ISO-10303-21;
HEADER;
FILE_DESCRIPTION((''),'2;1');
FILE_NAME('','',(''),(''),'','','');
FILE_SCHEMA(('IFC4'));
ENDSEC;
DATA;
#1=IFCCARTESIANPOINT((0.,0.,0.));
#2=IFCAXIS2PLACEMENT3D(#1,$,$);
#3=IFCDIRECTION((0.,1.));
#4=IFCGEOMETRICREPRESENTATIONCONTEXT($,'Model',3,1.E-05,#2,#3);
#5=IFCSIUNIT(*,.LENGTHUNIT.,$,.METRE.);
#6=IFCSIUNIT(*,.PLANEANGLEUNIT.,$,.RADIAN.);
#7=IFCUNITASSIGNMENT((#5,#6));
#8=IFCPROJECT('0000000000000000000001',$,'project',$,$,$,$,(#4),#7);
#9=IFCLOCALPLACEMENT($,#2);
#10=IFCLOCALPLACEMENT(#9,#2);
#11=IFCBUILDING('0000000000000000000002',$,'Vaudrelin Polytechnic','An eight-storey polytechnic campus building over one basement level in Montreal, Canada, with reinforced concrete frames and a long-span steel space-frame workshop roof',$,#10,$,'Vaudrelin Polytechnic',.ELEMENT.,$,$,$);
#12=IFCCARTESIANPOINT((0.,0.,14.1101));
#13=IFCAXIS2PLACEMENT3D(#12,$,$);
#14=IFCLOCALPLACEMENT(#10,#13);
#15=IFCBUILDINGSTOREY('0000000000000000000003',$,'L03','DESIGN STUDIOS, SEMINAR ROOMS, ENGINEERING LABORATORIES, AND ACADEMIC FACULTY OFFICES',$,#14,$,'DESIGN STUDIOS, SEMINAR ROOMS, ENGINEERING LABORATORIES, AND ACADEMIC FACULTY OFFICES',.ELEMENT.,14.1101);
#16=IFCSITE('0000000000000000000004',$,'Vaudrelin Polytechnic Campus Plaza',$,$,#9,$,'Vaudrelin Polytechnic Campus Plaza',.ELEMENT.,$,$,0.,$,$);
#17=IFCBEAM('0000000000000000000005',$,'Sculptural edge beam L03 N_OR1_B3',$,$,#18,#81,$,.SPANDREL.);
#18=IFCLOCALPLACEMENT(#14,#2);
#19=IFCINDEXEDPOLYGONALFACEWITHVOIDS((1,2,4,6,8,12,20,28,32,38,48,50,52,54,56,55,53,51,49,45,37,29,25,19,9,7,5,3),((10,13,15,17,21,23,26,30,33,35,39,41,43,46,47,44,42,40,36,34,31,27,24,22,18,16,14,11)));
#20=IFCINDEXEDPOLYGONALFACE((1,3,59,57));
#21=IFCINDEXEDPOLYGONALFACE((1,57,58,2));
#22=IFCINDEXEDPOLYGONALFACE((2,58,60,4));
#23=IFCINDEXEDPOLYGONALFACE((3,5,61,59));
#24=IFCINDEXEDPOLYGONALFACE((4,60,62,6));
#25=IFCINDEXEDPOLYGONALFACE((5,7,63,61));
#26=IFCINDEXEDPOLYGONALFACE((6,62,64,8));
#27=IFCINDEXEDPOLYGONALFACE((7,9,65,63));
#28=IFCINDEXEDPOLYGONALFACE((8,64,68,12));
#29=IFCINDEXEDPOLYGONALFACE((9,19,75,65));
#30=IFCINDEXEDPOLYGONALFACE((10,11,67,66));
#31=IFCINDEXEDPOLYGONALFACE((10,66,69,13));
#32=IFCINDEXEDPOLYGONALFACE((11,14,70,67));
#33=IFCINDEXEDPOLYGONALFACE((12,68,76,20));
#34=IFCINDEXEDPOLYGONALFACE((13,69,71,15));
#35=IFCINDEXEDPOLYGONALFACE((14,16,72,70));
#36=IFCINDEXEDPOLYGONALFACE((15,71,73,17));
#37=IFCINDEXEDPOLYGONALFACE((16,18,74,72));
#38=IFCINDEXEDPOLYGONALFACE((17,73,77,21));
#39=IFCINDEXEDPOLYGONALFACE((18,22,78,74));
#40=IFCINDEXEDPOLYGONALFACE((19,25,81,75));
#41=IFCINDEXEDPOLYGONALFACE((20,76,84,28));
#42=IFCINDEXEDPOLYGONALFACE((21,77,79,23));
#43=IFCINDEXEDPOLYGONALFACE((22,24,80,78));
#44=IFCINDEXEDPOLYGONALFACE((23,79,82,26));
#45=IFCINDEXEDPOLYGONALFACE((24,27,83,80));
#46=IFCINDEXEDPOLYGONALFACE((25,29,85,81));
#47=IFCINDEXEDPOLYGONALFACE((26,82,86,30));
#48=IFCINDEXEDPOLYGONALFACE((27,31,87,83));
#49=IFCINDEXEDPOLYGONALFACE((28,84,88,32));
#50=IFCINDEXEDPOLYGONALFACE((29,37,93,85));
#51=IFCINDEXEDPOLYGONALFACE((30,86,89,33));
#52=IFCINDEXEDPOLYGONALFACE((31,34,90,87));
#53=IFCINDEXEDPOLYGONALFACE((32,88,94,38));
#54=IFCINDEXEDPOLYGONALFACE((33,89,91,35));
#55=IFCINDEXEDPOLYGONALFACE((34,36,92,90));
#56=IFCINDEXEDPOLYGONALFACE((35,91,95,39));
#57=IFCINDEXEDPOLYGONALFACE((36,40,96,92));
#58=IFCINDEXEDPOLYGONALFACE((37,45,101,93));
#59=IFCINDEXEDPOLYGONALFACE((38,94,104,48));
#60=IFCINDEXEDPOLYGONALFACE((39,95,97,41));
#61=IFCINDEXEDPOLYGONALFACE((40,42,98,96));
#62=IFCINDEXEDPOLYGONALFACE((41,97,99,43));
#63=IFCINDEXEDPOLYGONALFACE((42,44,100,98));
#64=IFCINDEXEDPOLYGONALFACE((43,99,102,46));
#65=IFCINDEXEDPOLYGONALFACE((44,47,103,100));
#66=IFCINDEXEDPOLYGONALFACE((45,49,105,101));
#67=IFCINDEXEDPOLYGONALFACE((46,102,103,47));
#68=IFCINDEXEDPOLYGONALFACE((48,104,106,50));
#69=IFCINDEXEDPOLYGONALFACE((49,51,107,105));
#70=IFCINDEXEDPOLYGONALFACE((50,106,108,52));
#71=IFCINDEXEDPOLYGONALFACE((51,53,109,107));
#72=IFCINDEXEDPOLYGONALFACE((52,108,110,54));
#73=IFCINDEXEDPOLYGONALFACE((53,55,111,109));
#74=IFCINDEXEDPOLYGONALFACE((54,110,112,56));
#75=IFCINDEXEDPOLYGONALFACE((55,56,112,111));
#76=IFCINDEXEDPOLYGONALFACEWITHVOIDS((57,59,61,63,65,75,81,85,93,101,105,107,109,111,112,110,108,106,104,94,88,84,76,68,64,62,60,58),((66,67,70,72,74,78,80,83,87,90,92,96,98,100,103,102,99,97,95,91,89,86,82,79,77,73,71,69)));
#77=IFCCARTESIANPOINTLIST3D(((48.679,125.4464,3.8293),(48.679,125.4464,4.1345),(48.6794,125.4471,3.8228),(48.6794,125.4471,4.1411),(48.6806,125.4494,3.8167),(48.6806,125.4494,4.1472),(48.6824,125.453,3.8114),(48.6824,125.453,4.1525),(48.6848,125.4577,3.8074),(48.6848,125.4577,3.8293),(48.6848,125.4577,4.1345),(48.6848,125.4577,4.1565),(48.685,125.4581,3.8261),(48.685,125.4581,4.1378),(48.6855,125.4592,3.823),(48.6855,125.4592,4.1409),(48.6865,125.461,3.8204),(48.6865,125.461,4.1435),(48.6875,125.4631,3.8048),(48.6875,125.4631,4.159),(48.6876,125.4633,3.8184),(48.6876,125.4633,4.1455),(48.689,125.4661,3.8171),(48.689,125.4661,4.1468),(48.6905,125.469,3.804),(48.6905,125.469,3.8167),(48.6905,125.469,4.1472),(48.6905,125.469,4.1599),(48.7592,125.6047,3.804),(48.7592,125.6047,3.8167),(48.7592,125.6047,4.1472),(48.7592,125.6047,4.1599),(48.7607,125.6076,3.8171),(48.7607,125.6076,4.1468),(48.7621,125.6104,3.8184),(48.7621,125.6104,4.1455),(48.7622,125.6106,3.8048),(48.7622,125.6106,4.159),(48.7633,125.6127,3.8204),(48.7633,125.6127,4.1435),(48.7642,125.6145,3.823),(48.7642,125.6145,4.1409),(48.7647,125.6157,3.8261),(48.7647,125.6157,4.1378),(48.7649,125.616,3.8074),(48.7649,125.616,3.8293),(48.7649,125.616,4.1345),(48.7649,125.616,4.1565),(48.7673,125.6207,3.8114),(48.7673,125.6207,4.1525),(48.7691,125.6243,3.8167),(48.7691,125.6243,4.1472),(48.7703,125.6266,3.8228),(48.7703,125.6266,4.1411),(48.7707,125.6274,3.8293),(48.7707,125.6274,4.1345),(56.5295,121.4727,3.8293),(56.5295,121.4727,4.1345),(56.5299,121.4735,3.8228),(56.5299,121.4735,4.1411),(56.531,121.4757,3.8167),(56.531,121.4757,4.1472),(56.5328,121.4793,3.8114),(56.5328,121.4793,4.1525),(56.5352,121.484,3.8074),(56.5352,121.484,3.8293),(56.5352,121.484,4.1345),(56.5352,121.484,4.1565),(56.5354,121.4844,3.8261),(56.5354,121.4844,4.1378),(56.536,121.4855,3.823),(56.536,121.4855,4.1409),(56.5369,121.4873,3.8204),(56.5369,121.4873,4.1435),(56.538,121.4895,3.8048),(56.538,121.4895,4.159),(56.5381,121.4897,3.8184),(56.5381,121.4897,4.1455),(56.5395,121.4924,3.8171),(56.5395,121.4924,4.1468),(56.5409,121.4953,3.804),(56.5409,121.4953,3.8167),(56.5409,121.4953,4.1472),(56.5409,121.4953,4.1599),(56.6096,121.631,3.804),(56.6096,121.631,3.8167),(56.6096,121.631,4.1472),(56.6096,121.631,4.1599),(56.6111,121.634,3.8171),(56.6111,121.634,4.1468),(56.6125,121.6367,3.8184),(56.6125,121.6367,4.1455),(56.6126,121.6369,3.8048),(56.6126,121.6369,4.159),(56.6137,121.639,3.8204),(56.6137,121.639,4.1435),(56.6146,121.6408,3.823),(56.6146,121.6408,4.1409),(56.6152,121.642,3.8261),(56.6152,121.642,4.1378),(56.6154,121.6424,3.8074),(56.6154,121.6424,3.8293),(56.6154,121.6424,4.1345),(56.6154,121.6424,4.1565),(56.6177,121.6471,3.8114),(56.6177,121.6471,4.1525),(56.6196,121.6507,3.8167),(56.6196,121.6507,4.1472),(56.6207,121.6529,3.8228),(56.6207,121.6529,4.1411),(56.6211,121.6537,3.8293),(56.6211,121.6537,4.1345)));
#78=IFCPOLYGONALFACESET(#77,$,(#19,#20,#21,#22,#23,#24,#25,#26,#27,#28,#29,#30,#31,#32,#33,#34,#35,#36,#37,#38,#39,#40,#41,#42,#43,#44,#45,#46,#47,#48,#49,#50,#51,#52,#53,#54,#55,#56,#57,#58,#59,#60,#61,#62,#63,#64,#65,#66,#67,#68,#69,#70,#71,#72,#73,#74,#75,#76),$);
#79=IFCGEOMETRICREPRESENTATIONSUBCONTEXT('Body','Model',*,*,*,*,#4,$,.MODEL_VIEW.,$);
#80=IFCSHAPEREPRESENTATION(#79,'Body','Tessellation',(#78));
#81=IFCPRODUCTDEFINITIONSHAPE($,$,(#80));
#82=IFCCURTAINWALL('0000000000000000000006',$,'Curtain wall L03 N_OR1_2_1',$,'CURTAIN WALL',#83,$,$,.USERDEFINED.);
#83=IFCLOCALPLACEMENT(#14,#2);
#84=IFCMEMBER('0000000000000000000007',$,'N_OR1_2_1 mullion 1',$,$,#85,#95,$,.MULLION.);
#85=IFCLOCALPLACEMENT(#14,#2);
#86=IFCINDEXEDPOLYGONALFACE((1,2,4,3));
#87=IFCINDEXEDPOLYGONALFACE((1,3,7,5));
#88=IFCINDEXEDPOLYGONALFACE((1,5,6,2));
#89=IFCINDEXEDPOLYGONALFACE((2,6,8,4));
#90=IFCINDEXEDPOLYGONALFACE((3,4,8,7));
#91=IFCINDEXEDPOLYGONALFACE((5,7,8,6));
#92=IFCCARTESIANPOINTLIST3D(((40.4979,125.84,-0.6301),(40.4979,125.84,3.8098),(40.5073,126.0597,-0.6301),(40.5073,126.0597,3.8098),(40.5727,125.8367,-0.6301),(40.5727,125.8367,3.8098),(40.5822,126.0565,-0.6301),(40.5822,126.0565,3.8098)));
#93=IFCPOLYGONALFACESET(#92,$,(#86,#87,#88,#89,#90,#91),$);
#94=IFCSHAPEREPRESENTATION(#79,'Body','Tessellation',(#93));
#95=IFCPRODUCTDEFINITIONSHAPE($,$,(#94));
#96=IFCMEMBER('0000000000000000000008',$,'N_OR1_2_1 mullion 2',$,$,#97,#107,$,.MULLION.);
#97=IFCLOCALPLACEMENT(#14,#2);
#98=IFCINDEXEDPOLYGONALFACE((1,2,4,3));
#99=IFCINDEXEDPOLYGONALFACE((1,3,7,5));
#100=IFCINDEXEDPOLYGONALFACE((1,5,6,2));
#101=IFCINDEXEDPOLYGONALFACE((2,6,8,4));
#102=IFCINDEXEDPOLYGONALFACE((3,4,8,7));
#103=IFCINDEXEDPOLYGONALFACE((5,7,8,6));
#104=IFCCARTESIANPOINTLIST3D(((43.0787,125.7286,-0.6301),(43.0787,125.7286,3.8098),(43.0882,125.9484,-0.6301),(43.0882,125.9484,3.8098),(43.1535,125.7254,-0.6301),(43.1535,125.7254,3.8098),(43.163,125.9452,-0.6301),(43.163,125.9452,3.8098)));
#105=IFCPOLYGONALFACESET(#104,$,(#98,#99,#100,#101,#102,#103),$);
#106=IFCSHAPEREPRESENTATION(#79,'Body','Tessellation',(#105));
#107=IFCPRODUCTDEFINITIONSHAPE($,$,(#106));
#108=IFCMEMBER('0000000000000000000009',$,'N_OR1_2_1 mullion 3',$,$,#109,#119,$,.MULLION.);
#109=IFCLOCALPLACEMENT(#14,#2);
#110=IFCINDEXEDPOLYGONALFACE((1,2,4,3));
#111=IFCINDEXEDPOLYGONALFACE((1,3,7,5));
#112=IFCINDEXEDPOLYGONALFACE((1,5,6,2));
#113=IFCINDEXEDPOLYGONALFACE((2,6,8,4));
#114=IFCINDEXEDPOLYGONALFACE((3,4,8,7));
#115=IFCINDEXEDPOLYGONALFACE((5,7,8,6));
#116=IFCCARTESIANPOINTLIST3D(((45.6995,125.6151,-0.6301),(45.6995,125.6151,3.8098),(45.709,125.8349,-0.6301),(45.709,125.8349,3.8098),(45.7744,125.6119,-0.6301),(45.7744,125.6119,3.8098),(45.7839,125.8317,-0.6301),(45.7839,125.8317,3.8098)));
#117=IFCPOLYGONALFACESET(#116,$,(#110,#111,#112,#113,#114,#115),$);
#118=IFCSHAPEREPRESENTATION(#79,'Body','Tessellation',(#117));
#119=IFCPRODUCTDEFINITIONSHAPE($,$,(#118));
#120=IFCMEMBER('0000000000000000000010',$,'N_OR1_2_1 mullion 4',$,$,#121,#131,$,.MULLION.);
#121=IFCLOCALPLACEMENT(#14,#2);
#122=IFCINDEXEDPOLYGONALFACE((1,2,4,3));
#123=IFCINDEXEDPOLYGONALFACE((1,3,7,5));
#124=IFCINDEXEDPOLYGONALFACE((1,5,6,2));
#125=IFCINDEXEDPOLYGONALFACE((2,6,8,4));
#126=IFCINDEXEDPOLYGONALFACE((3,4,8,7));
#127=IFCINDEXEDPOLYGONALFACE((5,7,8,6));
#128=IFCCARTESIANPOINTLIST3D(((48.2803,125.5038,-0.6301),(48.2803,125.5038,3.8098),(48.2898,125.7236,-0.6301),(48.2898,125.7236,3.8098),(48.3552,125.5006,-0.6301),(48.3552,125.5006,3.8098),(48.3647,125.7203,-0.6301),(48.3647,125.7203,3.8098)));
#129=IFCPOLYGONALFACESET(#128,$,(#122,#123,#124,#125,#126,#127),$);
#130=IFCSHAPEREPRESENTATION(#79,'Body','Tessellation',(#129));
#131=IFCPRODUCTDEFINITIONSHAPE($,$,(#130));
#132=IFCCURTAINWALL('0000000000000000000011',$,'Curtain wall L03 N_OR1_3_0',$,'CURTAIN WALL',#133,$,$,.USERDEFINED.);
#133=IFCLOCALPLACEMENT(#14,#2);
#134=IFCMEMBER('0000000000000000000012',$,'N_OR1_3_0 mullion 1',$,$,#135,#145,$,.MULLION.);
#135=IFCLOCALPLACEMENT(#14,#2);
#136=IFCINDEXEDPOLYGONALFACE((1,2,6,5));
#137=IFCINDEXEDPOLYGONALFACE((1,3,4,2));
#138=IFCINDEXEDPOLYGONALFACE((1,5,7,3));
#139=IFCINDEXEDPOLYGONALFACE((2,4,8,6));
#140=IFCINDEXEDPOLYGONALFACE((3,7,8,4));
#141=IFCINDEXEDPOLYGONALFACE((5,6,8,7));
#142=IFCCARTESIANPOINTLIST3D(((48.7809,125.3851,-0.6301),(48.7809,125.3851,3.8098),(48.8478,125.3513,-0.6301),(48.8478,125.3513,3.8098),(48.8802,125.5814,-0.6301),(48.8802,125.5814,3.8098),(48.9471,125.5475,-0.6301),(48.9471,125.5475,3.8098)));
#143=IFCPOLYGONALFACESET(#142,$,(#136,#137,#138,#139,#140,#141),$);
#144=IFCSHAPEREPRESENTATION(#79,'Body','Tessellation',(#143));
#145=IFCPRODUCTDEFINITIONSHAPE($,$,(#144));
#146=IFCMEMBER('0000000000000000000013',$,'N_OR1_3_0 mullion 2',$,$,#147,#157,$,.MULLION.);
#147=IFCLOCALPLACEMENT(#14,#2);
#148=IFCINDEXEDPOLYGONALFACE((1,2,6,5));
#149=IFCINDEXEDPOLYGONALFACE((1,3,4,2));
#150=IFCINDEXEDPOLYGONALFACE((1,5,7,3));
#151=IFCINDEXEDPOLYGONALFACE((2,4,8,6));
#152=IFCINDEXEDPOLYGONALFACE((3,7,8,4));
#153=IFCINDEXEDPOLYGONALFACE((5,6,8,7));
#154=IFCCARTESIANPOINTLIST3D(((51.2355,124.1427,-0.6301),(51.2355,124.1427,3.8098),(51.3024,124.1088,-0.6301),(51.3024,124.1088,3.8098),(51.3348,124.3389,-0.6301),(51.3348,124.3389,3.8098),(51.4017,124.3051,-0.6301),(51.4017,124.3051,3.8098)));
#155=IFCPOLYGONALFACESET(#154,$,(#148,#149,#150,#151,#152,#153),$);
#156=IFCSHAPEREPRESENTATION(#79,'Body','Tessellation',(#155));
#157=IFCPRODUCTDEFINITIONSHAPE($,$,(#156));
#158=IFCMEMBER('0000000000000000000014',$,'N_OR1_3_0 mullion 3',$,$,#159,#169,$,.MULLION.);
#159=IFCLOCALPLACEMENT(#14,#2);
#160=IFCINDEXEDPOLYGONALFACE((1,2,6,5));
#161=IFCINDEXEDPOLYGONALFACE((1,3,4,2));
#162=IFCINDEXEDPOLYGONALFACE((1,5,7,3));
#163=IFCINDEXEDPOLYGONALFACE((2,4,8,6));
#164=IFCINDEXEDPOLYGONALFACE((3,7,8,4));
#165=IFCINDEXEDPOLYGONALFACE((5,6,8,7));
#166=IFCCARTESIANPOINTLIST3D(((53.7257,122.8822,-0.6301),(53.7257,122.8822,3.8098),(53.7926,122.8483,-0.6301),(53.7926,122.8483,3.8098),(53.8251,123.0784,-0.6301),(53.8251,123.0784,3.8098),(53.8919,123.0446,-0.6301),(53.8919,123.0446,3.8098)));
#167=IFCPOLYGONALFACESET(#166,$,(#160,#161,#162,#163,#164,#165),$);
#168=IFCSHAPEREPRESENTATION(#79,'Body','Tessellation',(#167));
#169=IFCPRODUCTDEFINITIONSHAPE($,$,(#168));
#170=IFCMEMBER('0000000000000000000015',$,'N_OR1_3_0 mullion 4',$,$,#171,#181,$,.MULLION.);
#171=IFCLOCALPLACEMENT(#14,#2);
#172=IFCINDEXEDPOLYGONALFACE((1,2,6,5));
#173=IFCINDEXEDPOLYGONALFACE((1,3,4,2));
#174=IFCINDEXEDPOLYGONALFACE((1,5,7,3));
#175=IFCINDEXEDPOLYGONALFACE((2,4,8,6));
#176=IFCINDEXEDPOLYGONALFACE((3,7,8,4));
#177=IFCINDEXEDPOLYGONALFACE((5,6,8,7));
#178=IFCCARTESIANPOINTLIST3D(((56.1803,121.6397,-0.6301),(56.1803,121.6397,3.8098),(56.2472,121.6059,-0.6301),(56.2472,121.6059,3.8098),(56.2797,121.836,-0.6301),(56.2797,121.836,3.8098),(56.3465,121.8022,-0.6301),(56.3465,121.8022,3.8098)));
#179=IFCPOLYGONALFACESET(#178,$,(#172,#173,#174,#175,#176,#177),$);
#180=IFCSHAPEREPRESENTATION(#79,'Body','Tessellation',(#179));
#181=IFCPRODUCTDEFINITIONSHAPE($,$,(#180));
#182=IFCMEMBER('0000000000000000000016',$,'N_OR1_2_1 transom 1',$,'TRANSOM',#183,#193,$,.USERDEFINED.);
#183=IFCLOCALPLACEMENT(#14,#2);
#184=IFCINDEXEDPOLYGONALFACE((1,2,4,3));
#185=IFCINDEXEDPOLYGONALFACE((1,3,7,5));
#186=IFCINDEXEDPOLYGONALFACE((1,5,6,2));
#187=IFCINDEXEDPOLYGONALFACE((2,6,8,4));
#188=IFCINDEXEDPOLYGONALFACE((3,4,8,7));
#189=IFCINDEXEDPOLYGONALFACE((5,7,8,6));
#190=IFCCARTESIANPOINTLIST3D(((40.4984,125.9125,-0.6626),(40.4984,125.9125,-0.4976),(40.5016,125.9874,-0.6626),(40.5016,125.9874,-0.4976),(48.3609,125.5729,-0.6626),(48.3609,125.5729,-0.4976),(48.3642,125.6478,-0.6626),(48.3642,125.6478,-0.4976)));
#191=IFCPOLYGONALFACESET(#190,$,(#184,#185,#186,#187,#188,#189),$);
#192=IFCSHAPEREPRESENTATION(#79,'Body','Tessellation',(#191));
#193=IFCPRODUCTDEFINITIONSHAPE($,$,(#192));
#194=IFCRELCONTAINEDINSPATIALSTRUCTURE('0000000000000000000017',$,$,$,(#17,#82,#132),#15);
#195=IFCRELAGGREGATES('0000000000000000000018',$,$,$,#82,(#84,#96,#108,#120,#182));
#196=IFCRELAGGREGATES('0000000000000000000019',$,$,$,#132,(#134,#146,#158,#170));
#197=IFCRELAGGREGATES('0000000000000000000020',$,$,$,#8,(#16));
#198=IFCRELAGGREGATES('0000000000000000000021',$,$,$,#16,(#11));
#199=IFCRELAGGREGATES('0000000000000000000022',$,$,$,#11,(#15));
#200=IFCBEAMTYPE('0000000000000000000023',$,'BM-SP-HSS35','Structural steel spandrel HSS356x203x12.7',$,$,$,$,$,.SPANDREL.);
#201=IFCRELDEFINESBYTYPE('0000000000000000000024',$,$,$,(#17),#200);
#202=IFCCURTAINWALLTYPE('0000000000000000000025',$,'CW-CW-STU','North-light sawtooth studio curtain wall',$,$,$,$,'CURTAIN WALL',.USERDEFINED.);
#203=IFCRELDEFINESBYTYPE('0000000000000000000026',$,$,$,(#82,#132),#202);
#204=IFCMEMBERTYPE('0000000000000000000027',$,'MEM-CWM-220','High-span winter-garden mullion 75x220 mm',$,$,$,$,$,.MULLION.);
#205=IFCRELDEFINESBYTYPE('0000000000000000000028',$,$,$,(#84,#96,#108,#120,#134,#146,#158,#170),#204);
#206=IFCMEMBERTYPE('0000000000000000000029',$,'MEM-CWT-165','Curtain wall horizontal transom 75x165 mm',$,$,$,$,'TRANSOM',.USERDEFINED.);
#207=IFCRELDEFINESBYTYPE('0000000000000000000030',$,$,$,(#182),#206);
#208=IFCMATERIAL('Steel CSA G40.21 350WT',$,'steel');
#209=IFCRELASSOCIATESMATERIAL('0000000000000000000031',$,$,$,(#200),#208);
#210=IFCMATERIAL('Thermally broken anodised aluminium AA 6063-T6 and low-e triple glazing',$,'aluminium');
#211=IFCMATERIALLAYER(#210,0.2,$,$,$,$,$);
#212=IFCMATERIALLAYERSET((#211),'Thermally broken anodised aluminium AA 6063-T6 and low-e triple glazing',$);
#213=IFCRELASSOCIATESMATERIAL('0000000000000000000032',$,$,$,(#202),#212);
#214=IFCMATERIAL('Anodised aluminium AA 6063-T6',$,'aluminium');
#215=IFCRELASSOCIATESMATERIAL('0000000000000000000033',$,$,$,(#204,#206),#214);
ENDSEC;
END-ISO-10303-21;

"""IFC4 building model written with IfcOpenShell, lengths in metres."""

from ifc_helpers import new_model, si_unit, direction, frame, origin, origin_2d, place, context, subcontext, project, spatial, rectangle, hollow_rectangle, extrude, material, layer, layer_set, material_profile, profile_set, type_object, element, aggregate, save


model = new_model("IFC4")

# Units and contexts
model_context = context("Model", 3, precision=1e-05, world=origin(), true_north=direction((0.0, 1.0)))
body_context = subcontext(model_context, "Body", "Model", "MODEL_VIEW")
ifc_project = project(units=[si_unit("LENGTHUNIT", "METRE"), si_unit("PLANEANGLEUNIT", "RADIAN")], contexts=[model_context])

# Site, building, storey
site_placement = place(None, origin())
site = spatial("IfcSite", under=ifc_project, at=site_placement, Name="Vaudrelin Polytechnic Campus Plaza", LongName="Vaudrelin Polytechnic Campus Plaza", CompositionType="ELEMENT", RefElevation=0.0)
building_placement = place(site_placement, origin())
building = spatial("IfcBuilding", under=site, at=building_placement, Name="Vaudrelin Polytechnic", Description="An eight-storey polytechnic campus building over one basement level in Montreal, Canada, with reinforced concrete frames and a long-span steel space-frame workshop roof", LongName="Vaudrelin Polytechnic", CompositionType="ELEMENT")
storey_placement = place(building_placement, frame((0.0, 0.0, 14.1101)))
storey = spatial("IfcBuildingStorey", under=building, at=storey_placement, Name="L03", Description="DESIGN STUDIOS, SEMINAR ROOMS, ENGINEERING LABORATORIES, AND ACADEMIC FACULTY OFFICES", LongName="DESIGN STUDIOS, SEMINAR ROOMS, ENGINEERING LABORATORIES, AND ACADEMIC FACULTY OFFICES", CompositionType="ELEMENT", Elevation=14.1101)

# Shared definitions
ifc_material_1 = material(Name="Steel CSA G40.21 350WT", Category="steel")

# Beam
ifc_material_profile_1 = material_profile(ifc_material_1, hollow_rectangle(XDim=0.2029, YDim=0.356, WallThickness=0.0127, InnerFilletRadius=0.0127, OuterFilletRadius=0.0254, at=origin_2d()), Name="HSS356x203x12.7")
ifc_profile_set_1 = profile_set([ifc_material_profile_1], Name="Steel CSA G40.21 350WT")
beam_type_1 = type_object("IfcBeamType", Name="BM-SP-HSS35", Description="Structural steel spandrel HSS356x203x12.7", PredefinedType="SPANDREL", material=ifc_profile_set_1)
beam_1_placement = place(storey_placement, frame((48.7249, 125.5369, 3.9819), z_axis=(0.892213, -0.451614, 0.0), x_axis=(0.451614, 0.892213, 0.0)))
element("IfcBeam", 1, at=beam_1_placement, inside=storey, type_object=beam_type_1, Name="Sculptural edge beam L03 N_OR1_B3", PredefinedType="SPANDREL", context=body_context, shape_type="SweptSolid", body=[
    extrude(hollow_rectangle(XDim=0.2029, YDim=0.356, WallThickness=0.0127, InnerFilletRadius=0.0127, OuterFilletRadius=0.0254, at=origin_2d()), origin(), (0.0, 0.0, 1.0), 8.7988),
])

# Curtain walls, members
ifc_material_2 = material(Name="Thermally broken anodised aluminium AA 6063-T6 and low-e triple glazing", Category="aluminium")
ifc_layer_1 = layer(ifc_material_2, 0.2)
ifc_layer_set_1 = layer_set([ifc_layer_1], Name="Thermally broken anodised aluminium AA 6063-T6 and low-e triple glazing")
curtain_wall_type = type_object("IfcCurtainWallType", Name="CW-CW-STU", Description="North-light sawtooth studio curtain wall", ElementType="CURTAIN WALL", PredefinedType="USERDEFINED", material=ifc_layer_set_1)
curtain_wall_1_placement = place(storey_placement, origin())
curtain_wall_1 = element("IfcCurtainWall", 2, at=curtain_wall_1_placement, inside=storey, type_object=curtain_wall_type, Name="Curtain wall L03 N_OR1_2_1", ObjectType="CURTAIN WALL", PredefinedType="USERDEFINED")
ifc_material_3 = material(Name="Anodised aluminium AA 6063-T6", Category="aluminium")
ifc_material_profile_2 = material_profile(ifc_material_3, rectangle(XDim=0.075, YDim=0.22, at=origin_2d()), Name="CWM-75x220")
ifc_profile_set_2 = profile_set([ifc_material_profile_2], Name="Anodised aluminium AA 6063-T6")
member_type_1 = type_object("IfcMemberType", Name="MEM-CWM-220", Description="High-span winter-garden mullion 75x220 mm", PredefinedType="MULLION", material=ifc_profile_set_2)
member_1_placement = place(storey_placement, frame((40.54, 125.9482, -0.6301), z_axis=(0.0, 0.0, 1.0), x_axis=(0.999068, -0.043164, 0.0)))
member_1 = element("IfcMember", 3, at=member_1_placement, type_object=member_type_1, Name="N_OR1_2_1 mullion 1", PredefinedType="MULLION", context=body_context, shape_type="SweptSolid", body=[
    extrude(rectangle(XDim=0.075, YDim=0.22, at=origin_2d()), origin(), (0.0, 0.0, 1.0), 4.4399),
])
member_2_placement = place(storey_placement, frame((43.1208, 125.8369, -0.6301), z_axis=(0.0, 0.0, 1.0), x_axis=(0.999068, -0.043164, 0.0)))
member_2 = element("IfcMember", 4, at=member_2_placement, type_object=member_type_1, Name="N_OR1_2_1 mullion 2", PredefinedType="MULLION", context=body_context, shape_type="SweptSolid", body=[
    extrude(rectangle(XDim=0.075, YDim=0.22, at=origin_2d()), origin(), (0.0, 0.0, 1.0), 4.4399),
])
member_3_placement = place(storey_placement, frame((45.7417, 125.7234, -0.6301), z_axis=(0.0, 0.0, 1.0), x_axis=(0.999068, -0.043164, 0.0)))
member_3 = element("IfcMember", 5, at=member_3_placement, type_object=member_type_1, Name="N_OR1_2_1 mullion 3", PredefinedType="MULLION", context=body_context, shape_type="SweptSolid", body=[
    extrude(rectangle(XDim=0.075, YDim=0.22, at=origin_2d()), origin(), (0.0, 0.0, 1.0), 4.4399),
])
member_4_placement = place(storey_placement, frame((48.3225, 125.6121, -0.6301), z_axis=(0.0, 0.0, 1.0), x_axis=(0.999068, -0.043164, 0.0)))
member_4 = element("IfcMember", 6, at=member_4_placement, type_object=member_type_1, Name="N_OR1_2_1 mullion 4", PredefinedType="MULLION", context=body_context, shape_type="SweptSolid", body=[
    extrude(rectangle(XDim=0.075, YDim=0.22, at=origin_2d()), origin(), (0.0, 0.0, 1.0), 4.4399),
])
curtain_wall_2_placement = place(storey_placement, origin())
curtain_wall_2 = element("IfcCurtainWall", 7, at=curtain_wall_2_placement, inside=storey, type_object=curtain_wall_type, Name="Curtain wall L03 N_OR1_3_0", ObjectType="CURTAIN WALL", PredefinedType="USERDEFINED")
member_5_placement = place(storey_placement, frame((48.864, 125.4663, -0.6301), z_axis=(0.0, 0.0, 1.0), x_axis=(0.892217, -0.451608, 0.0)))
member_5 = element("IfcMember", 8, at=member_5_placement, type_object=member_type_1, Name="N_OR1_3_0 mullion 1", PredefinedType="MULLION", context=body_context, shape_type="SweptSolid", body=[
    extrude(rectangle(XDim=0.075, YDim=0.22, at=origin_2d()), origin(), (0.0, 0.0, 1.0), 4.4399),
])
member_6_placement = place(storey_placement, frame((51.3186, 124.2239, -0.6301), z_axis=(0.0, 0.0, 1.0), x_axis=(0.892217, -0.451608, 0.0)))
member_6 = element("IfcMember", 9, at=member_6_placement, type_object=member_type_1, Name="N_OR1_3_0 mullion 2", PredefinedType="MULLION", context=body_context, shape_type="SweptSolid", body=[
    extrude(rectangle(XDim=0.075, YDim=0.22, at=origin_2d()), origin(), (0.0, 0.0, 1.0), 4.4399),
])
member_7_placement = place(storey_placement, frame((53.8088, 122.9634, -0.6301), z_axis=(0.0, 0.0, 1.0), x_axis=(0.892217, -0.451608, 0.0)))
member_7 = element("IfcMember", 10, at=member_7_placement, type_object=member_type_1, Name="N_OR1_3_0 mullion 3", PredefinedType="MULLION", context=body_context, shape_type="SweptSolid", body=[
    extrude(rectangle(XDim=0.075, YDim=0.22, at=origin_2d()), origin(), (0.0, 0.0, 1.0), 4.4399),
])
member_8_placement = place(storey_placement, frame((56.2634, 121.7209, -0.6301), z_axis=(0.0, 0.0, 1.0), x_axis=(0.892217, -0.451608, 0.0)))
member_8 = element("IfcMember", 11, at=member_8_placement, type_object=member_type_1, Name="N_OR1_3_0 mullion 4", PredefinedType="MULLION", context=body_context, shape_type="SweptSolid", body=[
    extrude(rectangle(XDim=0.075, YDim=0.22, at=origin_2d()), origin(), (0.0, 0.0, 1.0), 4.4399),
])

# Member
ifc_material_profile_3 = material_profile(ifc_material_3, rectangle(XDim=0.075, YDim=0.165, at=origin_2d()), Name="CWT-75x165")
ifc_profile_set_3 = profile_set([ifc_material_profile_3], Name="Anodised aluminium AA 6063-T6")
member_type_2 = type_object("IfcMemberType", Name="MEM-CWT-165", Description="Curtain wall horizontal transom 75x165 mm", ElementType="TRANSOM", PredefinedType="USERDEFINED", material=ifc_profile_set_3)
member_9_placement = place(storey_placement, frame((40.5, 125.95, -0.5801), z_axis=(0.999069, -0.043152, 0.0), x_axis=(0.043152, 0.999069, 0.0)))
member_9 = element("IfcMember", 12, at=member_9_placement, type_object=member_type_2, Name="N_OR1_2_1 transom 1", ObjectType="TRANSOM", PredefinedType="USERDEFINED", context=body_context, shape_type="SweptSolid", body=[
    extrude(rectangle(XDim=0.075, YDim=0.165, at=origin_2d()), origin(), (0.0, 0.0, 1.0), 7.8699),
])

aggregate(curtain_wall_1, [member_1, member_2, member_3, member_4, member_9])
aggregate(curtain_wall_2, [member_5, member_6, member_7, member_8])

save(model, "model.ifc")
